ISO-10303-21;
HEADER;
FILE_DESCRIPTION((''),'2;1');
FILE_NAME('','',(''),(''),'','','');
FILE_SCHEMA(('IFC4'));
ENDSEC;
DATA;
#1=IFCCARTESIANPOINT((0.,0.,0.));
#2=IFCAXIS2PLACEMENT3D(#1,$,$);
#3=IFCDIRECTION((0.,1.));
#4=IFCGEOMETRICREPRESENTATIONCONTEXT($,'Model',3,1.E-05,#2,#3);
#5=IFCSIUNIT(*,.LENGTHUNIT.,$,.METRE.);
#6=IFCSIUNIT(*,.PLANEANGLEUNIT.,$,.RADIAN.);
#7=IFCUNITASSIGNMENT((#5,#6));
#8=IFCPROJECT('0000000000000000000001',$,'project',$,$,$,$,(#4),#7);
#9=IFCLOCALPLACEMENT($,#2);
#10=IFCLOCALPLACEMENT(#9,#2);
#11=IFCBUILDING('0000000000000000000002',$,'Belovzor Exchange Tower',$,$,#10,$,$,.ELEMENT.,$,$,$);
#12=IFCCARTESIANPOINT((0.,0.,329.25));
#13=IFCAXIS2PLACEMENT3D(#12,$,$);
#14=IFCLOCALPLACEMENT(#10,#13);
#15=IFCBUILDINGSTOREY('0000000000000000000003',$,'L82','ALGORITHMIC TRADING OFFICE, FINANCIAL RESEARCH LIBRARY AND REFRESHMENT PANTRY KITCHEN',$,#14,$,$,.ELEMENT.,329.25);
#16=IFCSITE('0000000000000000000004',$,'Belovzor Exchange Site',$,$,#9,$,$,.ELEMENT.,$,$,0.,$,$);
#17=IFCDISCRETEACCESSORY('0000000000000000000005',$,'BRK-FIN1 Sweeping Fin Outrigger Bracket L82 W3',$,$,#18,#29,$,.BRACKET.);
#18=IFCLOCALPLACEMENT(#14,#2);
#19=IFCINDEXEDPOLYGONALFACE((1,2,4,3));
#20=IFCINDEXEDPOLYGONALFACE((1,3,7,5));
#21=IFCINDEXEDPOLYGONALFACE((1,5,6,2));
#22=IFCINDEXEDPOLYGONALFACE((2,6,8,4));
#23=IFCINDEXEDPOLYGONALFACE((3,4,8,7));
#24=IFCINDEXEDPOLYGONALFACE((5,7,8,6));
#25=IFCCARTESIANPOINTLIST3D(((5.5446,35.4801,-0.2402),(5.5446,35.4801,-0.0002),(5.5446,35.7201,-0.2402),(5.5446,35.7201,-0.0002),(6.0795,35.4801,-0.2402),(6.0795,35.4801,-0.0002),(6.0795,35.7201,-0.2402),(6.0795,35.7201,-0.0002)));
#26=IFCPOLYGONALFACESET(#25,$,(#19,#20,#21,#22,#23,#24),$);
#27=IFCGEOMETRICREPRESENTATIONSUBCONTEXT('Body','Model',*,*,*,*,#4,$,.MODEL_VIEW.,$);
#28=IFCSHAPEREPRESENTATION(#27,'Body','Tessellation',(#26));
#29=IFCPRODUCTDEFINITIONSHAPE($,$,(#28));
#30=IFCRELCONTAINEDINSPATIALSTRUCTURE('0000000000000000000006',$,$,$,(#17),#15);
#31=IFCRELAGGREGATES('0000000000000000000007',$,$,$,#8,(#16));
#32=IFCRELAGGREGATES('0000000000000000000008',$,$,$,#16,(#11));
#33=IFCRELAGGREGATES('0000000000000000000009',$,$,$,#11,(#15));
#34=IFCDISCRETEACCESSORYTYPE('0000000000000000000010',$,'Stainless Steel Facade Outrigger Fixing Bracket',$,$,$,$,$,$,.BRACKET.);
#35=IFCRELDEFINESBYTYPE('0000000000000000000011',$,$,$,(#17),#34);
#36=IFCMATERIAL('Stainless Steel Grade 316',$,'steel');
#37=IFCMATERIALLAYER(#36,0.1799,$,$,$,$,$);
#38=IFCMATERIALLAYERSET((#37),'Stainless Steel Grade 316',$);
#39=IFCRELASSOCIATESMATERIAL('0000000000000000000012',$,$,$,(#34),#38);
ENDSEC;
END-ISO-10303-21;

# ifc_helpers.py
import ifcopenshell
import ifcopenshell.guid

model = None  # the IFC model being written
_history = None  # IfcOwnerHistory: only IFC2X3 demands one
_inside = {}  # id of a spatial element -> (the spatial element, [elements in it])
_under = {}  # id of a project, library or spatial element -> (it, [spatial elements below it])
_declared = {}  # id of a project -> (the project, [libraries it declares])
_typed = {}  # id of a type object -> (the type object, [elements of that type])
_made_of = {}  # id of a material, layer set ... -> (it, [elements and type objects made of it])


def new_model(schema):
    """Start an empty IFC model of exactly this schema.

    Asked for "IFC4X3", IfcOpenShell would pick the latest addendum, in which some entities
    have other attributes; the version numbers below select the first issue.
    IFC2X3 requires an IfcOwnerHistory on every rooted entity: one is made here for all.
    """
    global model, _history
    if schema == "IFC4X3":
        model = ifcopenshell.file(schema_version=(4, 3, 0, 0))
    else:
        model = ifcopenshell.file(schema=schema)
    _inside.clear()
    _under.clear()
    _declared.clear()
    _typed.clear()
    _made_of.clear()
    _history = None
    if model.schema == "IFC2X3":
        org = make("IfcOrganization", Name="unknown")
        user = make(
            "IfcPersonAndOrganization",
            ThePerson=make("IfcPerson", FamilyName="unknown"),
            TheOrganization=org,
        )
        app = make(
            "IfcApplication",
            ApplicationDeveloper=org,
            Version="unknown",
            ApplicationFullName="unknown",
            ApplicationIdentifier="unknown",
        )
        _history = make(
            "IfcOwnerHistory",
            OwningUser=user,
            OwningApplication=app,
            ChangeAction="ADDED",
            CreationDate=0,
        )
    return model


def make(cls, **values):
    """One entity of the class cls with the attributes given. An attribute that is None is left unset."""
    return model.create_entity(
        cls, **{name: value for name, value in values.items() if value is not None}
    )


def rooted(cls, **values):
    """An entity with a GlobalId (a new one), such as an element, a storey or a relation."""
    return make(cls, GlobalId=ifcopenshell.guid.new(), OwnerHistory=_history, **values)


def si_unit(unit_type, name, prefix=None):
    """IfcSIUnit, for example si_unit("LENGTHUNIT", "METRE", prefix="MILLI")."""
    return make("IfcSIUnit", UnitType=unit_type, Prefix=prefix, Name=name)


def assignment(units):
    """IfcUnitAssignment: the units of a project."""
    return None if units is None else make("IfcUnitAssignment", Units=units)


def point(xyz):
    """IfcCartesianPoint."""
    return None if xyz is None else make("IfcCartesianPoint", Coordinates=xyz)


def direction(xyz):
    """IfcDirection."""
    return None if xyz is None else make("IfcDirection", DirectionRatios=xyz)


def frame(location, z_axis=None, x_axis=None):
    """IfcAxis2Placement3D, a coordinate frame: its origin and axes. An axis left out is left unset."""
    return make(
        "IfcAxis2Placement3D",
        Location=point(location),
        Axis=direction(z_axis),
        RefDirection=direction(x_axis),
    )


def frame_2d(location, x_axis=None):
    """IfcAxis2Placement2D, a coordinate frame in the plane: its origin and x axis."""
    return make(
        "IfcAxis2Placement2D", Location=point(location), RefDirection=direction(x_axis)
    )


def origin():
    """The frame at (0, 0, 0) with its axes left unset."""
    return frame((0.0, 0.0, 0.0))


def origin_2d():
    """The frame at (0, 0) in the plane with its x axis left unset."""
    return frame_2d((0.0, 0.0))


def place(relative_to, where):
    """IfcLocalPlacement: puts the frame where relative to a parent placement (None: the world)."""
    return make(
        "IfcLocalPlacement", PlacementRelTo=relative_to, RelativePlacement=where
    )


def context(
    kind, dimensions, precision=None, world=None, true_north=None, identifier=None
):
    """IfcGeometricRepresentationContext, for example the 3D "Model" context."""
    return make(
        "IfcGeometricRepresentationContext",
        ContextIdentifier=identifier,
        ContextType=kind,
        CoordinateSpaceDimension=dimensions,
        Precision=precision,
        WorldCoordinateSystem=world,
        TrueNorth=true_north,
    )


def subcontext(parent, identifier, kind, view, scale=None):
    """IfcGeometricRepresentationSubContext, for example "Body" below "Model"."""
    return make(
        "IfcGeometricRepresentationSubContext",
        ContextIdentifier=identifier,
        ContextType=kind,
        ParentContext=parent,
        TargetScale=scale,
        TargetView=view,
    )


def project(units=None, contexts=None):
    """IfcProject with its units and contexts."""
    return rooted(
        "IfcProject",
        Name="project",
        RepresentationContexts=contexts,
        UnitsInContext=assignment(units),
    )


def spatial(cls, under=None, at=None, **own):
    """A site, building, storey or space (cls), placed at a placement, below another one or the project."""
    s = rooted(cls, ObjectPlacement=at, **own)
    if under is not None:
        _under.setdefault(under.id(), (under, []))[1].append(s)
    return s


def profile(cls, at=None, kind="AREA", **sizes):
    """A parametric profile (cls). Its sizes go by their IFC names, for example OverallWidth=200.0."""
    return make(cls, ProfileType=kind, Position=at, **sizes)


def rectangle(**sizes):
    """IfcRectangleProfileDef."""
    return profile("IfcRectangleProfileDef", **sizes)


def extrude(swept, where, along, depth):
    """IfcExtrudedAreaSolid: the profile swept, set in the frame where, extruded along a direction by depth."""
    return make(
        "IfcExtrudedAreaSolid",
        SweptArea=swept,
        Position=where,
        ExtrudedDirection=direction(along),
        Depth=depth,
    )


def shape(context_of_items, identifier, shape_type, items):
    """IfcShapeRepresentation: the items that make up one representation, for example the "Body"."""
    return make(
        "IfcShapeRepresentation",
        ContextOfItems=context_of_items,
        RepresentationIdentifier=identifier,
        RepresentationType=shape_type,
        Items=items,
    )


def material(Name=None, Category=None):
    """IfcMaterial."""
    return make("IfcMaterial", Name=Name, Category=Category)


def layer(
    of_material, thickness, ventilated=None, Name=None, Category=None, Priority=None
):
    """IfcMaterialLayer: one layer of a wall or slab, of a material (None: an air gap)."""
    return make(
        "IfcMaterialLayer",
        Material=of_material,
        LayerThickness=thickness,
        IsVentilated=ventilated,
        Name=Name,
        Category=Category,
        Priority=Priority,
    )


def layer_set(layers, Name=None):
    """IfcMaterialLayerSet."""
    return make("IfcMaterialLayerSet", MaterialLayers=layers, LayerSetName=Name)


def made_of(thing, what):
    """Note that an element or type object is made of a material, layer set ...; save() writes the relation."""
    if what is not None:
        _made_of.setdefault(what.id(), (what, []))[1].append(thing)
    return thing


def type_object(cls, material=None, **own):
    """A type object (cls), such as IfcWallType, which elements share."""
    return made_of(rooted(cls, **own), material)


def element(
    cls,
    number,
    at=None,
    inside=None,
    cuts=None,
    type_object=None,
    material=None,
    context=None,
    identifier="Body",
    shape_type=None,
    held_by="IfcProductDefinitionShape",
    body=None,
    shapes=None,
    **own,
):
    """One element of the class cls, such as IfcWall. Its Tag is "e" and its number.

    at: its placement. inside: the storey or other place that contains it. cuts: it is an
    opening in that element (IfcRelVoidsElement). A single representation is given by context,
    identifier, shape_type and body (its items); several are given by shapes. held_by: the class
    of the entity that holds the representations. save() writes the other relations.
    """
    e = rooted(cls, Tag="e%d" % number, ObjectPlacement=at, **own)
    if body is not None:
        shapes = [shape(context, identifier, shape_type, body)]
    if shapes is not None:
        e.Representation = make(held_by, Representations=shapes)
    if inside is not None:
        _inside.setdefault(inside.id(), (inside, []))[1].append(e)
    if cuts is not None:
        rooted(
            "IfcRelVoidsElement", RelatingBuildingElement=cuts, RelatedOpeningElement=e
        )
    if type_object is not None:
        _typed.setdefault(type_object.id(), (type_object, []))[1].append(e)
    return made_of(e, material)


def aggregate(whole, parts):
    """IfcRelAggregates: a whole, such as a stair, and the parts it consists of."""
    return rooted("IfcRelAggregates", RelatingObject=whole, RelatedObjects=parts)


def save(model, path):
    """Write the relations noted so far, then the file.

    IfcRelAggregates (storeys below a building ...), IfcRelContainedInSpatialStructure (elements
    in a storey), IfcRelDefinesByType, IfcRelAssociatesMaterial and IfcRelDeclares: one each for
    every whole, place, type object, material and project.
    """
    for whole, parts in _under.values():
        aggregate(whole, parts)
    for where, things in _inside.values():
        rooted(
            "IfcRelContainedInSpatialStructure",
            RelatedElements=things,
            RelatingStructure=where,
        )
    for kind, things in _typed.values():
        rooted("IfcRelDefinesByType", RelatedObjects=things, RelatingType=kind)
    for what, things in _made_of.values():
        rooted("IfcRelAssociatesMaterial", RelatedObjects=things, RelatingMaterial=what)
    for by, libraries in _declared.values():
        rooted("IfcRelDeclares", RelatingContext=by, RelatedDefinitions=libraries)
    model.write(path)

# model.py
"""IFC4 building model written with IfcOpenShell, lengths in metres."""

from ifc_helpers import new_model, si_unit, direction, frame, origin, origin_2d, place, context, subcontext, project, spatial, rectangle, extrude, material, layer, layer_set, type_object, element, save


model = new_model("IFC4")

# Units and contexts
model_context = context("Model", 3, precision=1e-05, world=origin(), true_north=direction((0.0, 1.0)))
body_context = subcontext(model_context, "Body", "Model", "MODEL_VIEW")
ifc_project = project(units=[si_unit("LENGTHUNIT", "METRE"), si_unit("PLANEANGLEUNIT", "RADIAN")], contexts=[model_context])

# Site, building, storey
site_placement = place(None, origin())
site = spatial("IfcSite", under=ifc_project, at=site_placement, Name="Belovzor Exchange Site", CompositionType="ELEMENT", RefElevation=0.0)
building_placement = place(site_placement, origin())
building = spatial("IfcBuilding", under=site, at=building_placement, Name="Belovzor Exchange Tower", CompositionType="ELEMENT")
storey_placement = place(building_placement, frame((0.0, 0.0, 329.25)))
storey = spatial("IfcBuildingStorey", under=building, at=storey_placement, Name="L82", Description="ALGORITHMIC TRADING OFFICE, FINANCIAL RESEARCH LIBRARY AND REFRESHMENT PANTRY KITCHEN", CompositionType="ELEMENT", Elevation=329.25)

# Discrete accessory
ifc_material_1 = material(Name="Stainless Steel Grade 316", Category="steel")
ifc_layer_1 = layer(ifc_material_1, 0.1799)
ifc_layer_set_1 = layer_set([ifc_layer_1], Name="Stainless Steel Grade 316")
discrete_accessory_type = type_object("IfcDiscreteAccessoryType", Name="Stainless Steel Facade Outrigger Fixing Bracket", PredefinedType="BRACKET", material=ifc_layer_set_1)
discrete_accessory_placement = place(storey_placement, frame((5.812, 35.6001, -0.2402), z_axis=(0.0, 0.0, 1.0), x_axis=(1.0, 0.0, 0.0)))
element("IfcDiscreteAccessory", 1, at=discrete_accessory_placement, inside=storey, type_object=discrete_accessory_type, Name="BRK-FIN1 Sweeping Fin Outrigger Bracket L82 W3", PredefinedType="BRACKET", context=body_context, shape_type="SweptSolid", body=[
    extrude(rectangle(XDim=0.5349, YDim=0.24, at=origin_2d()), origin(), (0.0, 0.0, 1.0), 0.24),
])

save(model, "model.ifc")
